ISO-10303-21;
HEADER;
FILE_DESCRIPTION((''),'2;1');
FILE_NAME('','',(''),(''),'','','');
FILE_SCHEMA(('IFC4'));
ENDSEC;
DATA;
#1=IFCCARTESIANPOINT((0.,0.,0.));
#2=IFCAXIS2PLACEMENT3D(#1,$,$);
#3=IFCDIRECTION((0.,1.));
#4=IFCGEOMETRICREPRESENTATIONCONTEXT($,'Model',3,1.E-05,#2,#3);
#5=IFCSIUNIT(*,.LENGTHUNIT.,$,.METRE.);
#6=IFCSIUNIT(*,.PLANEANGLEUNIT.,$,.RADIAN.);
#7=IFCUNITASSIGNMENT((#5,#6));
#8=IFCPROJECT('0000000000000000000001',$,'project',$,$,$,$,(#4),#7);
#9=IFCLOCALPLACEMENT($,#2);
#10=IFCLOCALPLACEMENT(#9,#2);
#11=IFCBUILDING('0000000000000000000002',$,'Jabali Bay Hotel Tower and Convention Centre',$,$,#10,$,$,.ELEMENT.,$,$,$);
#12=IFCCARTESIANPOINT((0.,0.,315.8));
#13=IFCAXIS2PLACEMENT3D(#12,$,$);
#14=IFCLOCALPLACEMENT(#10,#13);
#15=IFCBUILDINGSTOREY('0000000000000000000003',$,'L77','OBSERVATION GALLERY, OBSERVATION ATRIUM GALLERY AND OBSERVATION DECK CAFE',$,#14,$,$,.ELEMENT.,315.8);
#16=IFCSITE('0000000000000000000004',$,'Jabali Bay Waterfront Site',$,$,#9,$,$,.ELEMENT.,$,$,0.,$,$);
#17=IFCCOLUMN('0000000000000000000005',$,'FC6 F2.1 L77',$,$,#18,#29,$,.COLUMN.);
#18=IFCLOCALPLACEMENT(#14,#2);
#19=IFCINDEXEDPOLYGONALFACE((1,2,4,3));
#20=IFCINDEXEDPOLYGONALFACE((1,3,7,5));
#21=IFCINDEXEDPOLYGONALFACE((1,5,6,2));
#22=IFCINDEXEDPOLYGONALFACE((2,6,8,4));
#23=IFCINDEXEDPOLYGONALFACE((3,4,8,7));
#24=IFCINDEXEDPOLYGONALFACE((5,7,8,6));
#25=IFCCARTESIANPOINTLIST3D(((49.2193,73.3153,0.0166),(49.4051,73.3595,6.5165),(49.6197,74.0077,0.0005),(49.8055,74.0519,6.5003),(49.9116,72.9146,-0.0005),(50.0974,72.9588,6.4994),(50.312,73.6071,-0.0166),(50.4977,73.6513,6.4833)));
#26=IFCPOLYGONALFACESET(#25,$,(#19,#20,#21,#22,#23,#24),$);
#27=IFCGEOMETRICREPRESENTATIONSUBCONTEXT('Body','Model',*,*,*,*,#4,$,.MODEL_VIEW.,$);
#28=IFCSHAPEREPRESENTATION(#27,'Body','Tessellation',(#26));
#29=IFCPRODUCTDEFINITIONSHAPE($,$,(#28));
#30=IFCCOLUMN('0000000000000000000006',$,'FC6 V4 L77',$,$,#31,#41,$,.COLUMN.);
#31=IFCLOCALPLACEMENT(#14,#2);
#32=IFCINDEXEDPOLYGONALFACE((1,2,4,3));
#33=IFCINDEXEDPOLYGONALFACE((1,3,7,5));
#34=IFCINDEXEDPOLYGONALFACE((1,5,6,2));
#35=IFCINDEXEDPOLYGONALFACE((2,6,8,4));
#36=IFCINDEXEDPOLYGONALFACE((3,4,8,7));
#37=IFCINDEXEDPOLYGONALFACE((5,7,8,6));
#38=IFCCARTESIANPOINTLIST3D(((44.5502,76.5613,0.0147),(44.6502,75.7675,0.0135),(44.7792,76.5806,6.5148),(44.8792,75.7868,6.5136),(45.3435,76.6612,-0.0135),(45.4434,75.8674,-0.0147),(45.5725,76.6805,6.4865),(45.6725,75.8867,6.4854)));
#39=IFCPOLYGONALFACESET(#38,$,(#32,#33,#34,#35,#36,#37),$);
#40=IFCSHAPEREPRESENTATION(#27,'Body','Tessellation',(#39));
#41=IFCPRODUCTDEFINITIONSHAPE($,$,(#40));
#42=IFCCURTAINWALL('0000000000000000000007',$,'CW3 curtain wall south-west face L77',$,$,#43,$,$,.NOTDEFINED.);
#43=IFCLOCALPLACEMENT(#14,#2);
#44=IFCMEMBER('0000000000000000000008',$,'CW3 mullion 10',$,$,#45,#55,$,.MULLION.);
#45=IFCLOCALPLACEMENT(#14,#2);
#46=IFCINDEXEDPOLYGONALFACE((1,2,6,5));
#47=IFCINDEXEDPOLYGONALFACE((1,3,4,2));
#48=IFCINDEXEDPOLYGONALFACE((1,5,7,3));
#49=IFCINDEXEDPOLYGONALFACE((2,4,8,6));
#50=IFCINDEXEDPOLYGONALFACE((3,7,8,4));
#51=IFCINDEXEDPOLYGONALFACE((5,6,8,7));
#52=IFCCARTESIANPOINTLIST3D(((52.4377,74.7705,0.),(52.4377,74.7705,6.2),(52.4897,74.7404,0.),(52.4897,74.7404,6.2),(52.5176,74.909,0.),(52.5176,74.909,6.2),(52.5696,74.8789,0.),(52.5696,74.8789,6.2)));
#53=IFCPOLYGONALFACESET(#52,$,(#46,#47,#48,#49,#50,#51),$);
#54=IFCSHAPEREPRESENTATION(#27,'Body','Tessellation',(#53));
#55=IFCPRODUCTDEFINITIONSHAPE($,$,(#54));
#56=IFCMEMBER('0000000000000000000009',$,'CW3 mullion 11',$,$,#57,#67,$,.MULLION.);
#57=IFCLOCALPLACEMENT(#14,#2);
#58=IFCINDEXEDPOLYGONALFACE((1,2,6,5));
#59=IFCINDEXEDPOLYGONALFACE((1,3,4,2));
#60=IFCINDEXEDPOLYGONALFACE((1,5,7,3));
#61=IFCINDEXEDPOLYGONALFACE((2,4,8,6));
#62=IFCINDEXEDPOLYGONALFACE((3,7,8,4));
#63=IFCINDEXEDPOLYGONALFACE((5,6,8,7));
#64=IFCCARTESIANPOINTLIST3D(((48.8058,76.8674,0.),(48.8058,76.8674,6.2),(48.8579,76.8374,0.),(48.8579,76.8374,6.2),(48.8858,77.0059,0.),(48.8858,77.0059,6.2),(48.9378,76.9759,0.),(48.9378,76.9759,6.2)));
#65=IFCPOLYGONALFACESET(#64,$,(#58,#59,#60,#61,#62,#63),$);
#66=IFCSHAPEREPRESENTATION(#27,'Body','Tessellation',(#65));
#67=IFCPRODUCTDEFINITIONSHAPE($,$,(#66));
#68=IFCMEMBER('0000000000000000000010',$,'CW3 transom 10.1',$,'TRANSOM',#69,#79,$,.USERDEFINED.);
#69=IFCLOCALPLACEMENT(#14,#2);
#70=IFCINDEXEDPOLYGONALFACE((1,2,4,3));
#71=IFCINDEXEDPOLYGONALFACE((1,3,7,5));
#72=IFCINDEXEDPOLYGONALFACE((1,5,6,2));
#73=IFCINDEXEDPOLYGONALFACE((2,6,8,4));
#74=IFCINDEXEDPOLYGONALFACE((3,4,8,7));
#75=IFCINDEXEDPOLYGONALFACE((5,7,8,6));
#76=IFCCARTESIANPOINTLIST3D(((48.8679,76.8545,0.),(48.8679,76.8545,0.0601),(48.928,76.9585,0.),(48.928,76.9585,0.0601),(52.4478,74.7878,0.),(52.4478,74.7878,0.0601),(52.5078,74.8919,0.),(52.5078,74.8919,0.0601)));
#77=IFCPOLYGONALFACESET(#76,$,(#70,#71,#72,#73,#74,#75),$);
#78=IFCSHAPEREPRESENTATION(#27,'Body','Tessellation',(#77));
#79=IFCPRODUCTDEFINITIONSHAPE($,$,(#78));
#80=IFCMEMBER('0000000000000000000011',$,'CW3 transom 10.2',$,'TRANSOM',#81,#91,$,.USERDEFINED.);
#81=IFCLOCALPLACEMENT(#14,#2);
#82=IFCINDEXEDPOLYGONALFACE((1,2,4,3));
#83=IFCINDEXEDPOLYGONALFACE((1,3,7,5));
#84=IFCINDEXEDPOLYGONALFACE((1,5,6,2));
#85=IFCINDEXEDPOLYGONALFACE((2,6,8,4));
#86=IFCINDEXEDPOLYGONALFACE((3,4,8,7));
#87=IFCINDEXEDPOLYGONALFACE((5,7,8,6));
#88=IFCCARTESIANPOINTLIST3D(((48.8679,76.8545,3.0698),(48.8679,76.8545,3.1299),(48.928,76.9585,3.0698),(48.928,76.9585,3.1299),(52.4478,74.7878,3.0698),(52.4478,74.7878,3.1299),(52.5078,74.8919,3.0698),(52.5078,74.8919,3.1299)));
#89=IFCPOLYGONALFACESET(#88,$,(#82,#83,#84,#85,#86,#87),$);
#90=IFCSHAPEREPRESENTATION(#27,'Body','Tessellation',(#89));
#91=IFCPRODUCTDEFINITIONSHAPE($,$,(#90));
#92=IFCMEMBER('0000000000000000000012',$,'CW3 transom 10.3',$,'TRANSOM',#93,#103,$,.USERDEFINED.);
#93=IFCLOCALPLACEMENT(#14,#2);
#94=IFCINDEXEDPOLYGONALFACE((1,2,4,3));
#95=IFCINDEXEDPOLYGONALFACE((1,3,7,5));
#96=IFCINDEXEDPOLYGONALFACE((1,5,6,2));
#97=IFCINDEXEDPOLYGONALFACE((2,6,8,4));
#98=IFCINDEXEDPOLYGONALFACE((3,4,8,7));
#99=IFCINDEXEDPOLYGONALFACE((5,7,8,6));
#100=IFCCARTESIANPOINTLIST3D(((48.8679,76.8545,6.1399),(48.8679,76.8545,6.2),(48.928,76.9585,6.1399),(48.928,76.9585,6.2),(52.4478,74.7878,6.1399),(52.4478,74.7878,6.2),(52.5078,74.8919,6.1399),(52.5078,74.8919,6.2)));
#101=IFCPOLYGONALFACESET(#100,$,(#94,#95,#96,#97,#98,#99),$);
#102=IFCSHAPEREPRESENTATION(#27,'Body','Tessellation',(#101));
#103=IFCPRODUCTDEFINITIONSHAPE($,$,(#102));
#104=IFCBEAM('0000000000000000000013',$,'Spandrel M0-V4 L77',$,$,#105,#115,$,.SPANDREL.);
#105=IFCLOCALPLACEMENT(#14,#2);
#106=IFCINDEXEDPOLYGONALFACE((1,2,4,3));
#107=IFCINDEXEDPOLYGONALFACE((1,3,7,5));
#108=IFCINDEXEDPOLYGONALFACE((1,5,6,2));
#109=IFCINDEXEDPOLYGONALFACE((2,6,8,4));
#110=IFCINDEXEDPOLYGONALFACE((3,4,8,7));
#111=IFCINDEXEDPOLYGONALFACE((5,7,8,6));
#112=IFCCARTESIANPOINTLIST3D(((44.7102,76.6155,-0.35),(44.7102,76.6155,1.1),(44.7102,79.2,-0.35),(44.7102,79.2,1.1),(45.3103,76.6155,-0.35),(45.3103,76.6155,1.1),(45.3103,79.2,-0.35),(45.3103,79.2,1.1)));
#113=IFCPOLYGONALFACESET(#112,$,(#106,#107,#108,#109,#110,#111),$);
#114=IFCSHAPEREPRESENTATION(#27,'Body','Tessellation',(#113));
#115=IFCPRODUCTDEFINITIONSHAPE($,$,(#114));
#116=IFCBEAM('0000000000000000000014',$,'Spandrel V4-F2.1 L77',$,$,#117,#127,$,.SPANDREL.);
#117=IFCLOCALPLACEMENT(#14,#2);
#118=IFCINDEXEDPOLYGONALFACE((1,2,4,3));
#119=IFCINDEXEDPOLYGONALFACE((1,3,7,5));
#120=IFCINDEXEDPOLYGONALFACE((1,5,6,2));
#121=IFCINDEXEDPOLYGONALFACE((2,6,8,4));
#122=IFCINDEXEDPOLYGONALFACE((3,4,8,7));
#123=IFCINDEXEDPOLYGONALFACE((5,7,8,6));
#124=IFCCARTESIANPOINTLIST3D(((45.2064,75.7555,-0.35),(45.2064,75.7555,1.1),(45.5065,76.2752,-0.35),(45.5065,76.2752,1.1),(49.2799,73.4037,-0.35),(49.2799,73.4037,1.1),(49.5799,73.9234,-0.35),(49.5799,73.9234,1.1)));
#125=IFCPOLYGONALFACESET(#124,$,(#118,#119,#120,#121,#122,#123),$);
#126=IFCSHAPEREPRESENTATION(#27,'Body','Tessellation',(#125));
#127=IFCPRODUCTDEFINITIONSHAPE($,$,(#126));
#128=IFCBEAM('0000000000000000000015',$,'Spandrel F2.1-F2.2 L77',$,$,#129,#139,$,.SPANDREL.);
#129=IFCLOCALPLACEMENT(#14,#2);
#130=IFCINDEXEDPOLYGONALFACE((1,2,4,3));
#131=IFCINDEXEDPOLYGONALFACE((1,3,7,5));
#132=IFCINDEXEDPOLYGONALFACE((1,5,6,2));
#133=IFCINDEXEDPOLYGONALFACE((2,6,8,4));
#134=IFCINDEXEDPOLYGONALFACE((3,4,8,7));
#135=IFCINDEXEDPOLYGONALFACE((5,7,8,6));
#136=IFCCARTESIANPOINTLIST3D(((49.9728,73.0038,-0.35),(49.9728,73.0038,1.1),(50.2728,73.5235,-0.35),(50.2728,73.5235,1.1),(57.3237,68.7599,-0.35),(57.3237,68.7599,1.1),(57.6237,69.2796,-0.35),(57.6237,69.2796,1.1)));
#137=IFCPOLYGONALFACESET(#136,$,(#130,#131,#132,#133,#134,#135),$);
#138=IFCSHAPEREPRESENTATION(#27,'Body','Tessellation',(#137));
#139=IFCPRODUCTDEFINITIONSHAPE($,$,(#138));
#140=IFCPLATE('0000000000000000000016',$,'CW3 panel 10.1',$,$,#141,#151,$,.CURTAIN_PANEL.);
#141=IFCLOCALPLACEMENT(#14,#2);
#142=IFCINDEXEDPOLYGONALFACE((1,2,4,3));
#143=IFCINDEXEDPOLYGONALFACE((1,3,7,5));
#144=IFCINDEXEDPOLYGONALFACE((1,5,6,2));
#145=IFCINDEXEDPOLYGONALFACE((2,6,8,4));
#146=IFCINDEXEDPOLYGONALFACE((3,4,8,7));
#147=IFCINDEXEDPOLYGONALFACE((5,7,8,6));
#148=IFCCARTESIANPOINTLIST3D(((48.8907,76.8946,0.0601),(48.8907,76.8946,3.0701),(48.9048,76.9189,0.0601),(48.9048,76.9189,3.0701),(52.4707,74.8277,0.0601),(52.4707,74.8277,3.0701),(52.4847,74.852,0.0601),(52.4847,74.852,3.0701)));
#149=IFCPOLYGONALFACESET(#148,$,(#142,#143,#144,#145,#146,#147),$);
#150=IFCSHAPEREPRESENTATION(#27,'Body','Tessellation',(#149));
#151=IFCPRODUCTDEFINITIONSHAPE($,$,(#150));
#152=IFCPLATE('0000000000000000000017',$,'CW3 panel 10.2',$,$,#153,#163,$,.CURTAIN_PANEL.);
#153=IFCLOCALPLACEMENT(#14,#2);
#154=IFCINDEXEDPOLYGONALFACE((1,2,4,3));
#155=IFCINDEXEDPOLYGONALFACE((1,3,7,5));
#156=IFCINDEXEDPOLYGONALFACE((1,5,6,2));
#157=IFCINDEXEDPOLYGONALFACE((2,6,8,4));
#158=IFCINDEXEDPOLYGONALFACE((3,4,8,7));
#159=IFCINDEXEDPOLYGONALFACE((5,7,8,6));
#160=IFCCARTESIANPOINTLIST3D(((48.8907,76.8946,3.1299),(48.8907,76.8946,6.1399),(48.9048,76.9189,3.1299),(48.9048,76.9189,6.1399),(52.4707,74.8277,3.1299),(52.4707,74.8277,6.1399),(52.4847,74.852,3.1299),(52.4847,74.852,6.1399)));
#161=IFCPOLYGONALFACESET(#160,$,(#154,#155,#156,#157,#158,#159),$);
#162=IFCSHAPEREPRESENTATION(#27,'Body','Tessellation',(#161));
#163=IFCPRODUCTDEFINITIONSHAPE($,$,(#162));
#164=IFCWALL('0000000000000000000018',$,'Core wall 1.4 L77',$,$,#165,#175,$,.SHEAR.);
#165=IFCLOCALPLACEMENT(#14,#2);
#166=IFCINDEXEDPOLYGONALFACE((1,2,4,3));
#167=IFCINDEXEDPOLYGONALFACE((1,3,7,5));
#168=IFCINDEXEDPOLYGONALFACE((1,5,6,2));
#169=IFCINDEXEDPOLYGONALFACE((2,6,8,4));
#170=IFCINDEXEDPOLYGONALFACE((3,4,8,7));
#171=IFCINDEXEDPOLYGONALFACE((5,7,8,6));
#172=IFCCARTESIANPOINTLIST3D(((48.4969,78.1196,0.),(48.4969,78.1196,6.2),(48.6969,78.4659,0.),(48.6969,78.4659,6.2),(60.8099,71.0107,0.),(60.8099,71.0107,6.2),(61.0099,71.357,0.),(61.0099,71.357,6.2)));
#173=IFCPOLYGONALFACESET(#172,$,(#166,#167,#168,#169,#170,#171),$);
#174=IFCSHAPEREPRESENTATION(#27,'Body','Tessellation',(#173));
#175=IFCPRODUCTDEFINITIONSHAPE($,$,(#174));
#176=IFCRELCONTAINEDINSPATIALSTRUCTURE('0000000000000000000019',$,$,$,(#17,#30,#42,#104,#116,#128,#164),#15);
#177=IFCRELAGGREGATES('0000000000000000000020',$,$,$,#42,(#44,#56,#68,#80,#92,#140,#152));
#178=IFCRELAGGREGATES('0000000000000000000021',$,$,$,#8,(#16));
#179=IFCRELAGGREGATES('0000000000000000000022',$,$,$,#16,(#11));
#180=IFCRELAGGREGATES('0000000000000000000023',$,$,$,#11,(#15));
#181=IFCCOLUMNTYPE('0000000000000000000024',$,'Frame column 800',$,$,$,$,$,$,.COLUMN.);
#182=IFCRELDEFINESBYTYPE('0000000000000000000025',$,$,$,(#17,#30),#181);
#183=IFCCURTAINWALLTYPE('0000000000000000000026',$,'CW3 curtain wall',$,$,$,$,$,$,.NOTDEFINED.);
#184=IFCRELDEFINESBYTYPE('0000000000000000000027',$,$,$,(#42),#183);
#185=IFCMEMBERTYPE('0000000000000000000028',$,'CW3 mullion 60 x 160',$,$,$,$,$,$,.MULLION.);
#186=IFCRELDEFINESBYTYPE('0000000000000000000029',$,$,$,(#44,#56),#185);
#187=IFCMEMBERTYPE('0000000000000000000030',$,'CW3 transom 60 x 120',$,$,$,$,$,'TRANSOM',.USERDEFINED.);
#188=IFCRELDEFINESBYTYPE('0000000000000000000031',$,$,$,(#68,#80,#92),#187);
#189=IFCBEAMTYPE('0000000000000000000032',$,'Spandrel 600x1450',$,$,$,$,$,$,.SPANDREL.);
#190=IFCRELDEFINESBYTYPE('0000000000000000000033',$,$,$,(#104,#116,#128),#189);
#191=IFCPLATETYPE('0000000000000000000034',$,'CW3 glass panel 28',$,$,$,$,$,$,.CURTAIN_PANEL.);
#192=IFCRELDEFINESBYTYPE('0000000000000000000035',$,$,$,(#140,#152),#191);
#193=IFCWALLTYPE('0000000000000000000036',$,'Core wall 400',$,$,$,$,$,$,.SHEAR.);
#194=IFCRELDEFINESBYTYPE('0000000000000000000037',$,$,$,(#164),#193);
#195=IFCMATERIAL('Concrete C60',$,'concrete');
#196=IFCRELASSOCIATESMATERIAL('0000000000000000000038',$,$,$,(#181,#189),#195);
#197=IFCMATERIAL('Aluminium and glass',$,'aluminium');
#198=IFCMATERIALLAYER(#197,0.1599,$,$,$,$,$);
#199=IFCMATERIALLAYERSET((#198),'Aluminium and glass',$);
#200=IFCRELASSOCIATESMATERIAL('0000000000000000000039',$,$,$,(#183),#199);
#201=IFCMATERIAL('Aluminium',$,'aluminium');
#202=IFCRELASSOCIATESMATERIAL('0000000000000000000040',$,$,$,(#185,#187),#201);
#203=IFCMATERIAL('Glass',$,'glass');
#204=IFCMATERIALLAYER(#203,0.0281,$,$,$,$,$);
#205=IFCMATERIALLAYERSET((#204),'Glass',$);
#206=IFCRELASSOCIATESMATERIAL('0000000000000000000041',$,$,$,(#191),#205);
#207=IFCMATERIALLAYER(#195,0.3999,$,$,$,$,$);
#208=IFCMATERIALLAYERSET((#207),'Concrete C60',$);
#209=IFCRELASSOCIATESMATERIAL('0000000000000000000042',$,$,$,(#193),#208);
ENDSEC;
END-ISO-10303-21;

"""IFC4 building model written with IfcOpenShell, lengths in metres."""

from ifc_helpers import new_model, si_unit, direction, frame, frame_2d, origin, origin_2d, place, context, subcontext, project, spatial, rectangle, extrude, material, layer, layer_set, material_profile, profile_set, type_object, element, aggregate, save


model = new_model("IFC4")

# Units and contexts
model_context = context("Model", 3, precision=1e-05, world=origin(), true_north=direction((0.0, 1.0)))
body_context = subcontext(model_context, "Body", "Model", "MODEL_VIEW")
ifc_project = project(units=[si_unit("LENGTHUNIT", "METRE"), si_unit("PLANEANGLEUNIT", "RADIAN")], contexts=[model_context])

# Site, building, storey
site_placement = place(None, origin())
site = spatial("IfcSite", under=ifc_project, at=site_placement, Name="Jabali Bay Waterfront Site", CompositionType="ELEMENT", RefElevation=0.0)
building_placement = place(site_placement, origin())
building = spatial("IfcBuilding", under=site, at=building_placement, Name="Jabali Bay Hotel Tower and Convention Centre", CompositionType="ELEMENT")
storey_placement = place(building_placement, frame((0.0, 0.0, 315.8)))
storey = spatial("IfcBuildingStorey", under=building, at=storey_placement, Name="L77", Description="OBSERVATION GALLERY, OBSERVATION ATRIUM GALLERY AND OBSERVATION DECK CAFE", CompositionType="ELEMENT", Elevation=315.8)

# Columns
ifc_material_1 = material(Name="Concrete C60", Category="concrete")
ifc_material_profile_1 = material_profile(ifc_material_1, rectangle(XDim=0.8, YDim=0.8, at=origin_2d()), Name="Frame column 800")
ifc_profile_set_1 = profile_set([ifc_material_profile_1], Name="Concrete C60")
column_type = type_object("IfcColumnType", Name="Frame column 800", PredefinedType="COLUMN", material=ifc_profile_set_1)
column_1_placement = place(storey_placement, frame((49.7656, 73.4612, 0.0), z_axis=(0.028571, 0.006795, 0.999569), x_axis=(-0.865306, 0.500789, 0.021329)))
element("IfcColumn", 1, at=column_1_placement, inside=storey, type_object=column_type, Name="FC6 F2.1 L77", PredefinedType="COLUMN", context=body_context, shape_type="SweptSolid", body=[
    extrude(rectangle(XDim=0.8, YDim=0.8, at=origin_2d()), origin(), (0.0, 0.0, 1.0), 6.5027),
])
column_2_placement = place(storey_placement, frame((44.9968, 76.2144, 0.0), z_axis=(0.035209, 0.002965, 0.999376), x_axis=(-0.124953, 0.992162, 0.001458)))
element("IfcColumn", 2, at=column_2_placement, inside=storey, type_object=column_type, Name="FC6 V4 L77", PredefinedType="COLUMN", context=body_context, shape_type="SweptSolid", body=[
    extrude(rectangle(XDim=0.8, YDim=0.8, at=origin_2d()), origin(), (0.0, 0.0, 1.0), 6.5042),
])

# Curtain wall, members
ifc_material_2 = material(Name="Aluminium and glass", Category="aluminium")
ifc_layer_1 = layer(ifc_material_2, 0.1599)
ifc_layer_set_1 = layer_set([ifc_layer_1], Name="Aluminium and glass")
curtain_wall_type = type_object("IfcCurtainWallType", Name="CW3 curtain wall", PredefinedType="NOTDEFINED", material=ifc_layer_set_1)
curtain_wall_placement = place(storey_placement, origin())
curtain_wall = element("IfcCurtainWall", 3, at=curtain_wall_placement, inside=storey, type_object=curtain_wall_type, Name="CW3 curtain wall south-west face L77", PredefinedType="NOTDEFINED")
ifc_material_3 = material(Name="Aluminium", Category="aluminium")
ifc_material_profile_2 = material_profile(ifc_material_3, rectangle(XDim=0.1599, YDim=0.0601, at=origin_2d()), Name="CW3 mullion 60 x 160")
ifc_profile_set_2 = profile_set([ifc_material_profile_2], Name="Aluminium")
member_type_1 = type_object("IfcMemberType", Name="CW3 mullion 60 x 160", PredefinedType="MULLION", material=ifc_profile_set_2)
member_1_placement = place(storey_placement, frame((52.5037, 74.8247, 0.0), z_axis=(0.0, 0.0, 1.0), x_axis=(-0.5, -0.866025, 0.0)))
member_1 = element("IfcMember", 4, at=member_1_placement, type_object=member_type_1, Name="CW3 mullion 10", PredefinedType="MULLION", context=body_context, shape_type="SweptSolid", body=[
    extrude(rectangle(XDim=0.1599, YDim=0.0601, at=origin_2d()), origin(), (0.0, 0.0, 1.0), 6.2),
])
member_2_placement = place(storey_placement, frame((48.8718, 76.9216, 0.0), z_axis=(0.0, 0.0, 1.0), x_axis=(-0.5, -0.866025, 0.0)))
member_2 = element("IfcMember", 5, at=member_2_placement, type_object=member_type_1, Name="CW3 mullion 11", PredefinedType="MULLION", context=body_context, shape_type="SweptSolid", body=[
    extrude(rectangle(XDim=0.1599, YDim=0.0601, at=origin_2d()), origin(), (0.0, 0.0, 1.0), 6.2),
])
ifc_material_profile_3 = material_profile(ifc_material_3, rectangle(XDim=0.1201, YDim=0.0601, at=origin_2d()), Name="CW3 transom 60 x 120")
ifc_profile_set_3 = profile_set([ifc_material_profile_3], Name="Aluminium")
member_type_2 = type_object("IfcMemberType", Name="CW3 transom 60 x 120", ElementType="TRANSOM", PredefinedType="USERDEFINED", material=ifc_profile_set_3)
member_3_placement = place(storey_placement, frame((52.4778, 74.8398, 0.03), z_axis=(-0.866043, 0.49997, 0.0), x_axis=(-0.49997, -0.866043, 0.0)))
member_3 = element("IfcMember", 6, at=member_3_placement, type_object=member_type_2, Name="CW3 transom 10.1", ObjectType="TRANSOM", PredefinedType="USERDEFINED", context=body_context, shape_type="SweptSolid", body=[
    extrude(rectangle(XDim=0.1201, YDim=0.0601, at=origin_2d()), origin(), (0.0, 0.0, 1.0), 4.1335),
])
member_4_placement = place(storey_placement, frame((52.4778, 74.8398, 3.0999), z_axis=(-0.866043, 0.49997, 0.0), x_axis=(-0.49997, -0.866043, 0.0)))
member_4 = element("IfcMember", 7, at=member_4_placement, type_object=member_type_2, Name="CW3 transom 10.2", ObjectType="TRANSOM", PredefinedType="USERDEFINED", context=body_context, shape_type="SweptSolid", body=[
    extrude(rectangle(XDim=0.1201, YDim=0.0601, at=origin_2d()), origin(), (0.0, 0.0, 1.0), 4.1335),
])
member_5_placement = place(storey_placement, frame((52.4778, 74.8398, 6.1699), z_axis=(-0.866043, 0.49997, 0.0), x_axis=(-0.49997, -0.866043, 0.0)))
member_5 = element("IfcMember", 8, at=member_5_placement, type_object=member_type_2, Name="CW3 transom 10.3", ObjectType="TRANSOM", PredefinedType="USERDEFINED", context=body_context, shape_type="SweptSolid", body=[
    extrude(rectangle(XDim=0.1201, YDim=0.0601, at=origin_2d()), origin(), (0.0, 0.0, 1.0), 4.1335),
])

# Beams
ifc_material_profile_4 = material_profile(ifc_material_1, rectangle(XDim=0.6001, YDim=1.45, at=origin_2d()), Name="Spandrel 600x1450")
ifc_profile_set_4 = profile_set([ifc_material_profile_4], Name="Concrete C60")
beam_type = type_object("IfcBeamType", Name="Spandrel 600x1450", PredefinedType="SPANDREL", material=ifc_profile_set_4)
beam_1_placement = place(storey_placement, frame((45.0103, 79.2, 0.375), z_axis=(0.0, -1.0, 0.0), x_axis=(1.0, 0.0, 0.0)))
element("IfcBeam", 9, at=beam_1_placement, inside=storey, type_object=beam_type, Name="Spandrel M0-V4 L77", PredefinedType="SPANDREL", context=body_context, shape_type="SweptSolid", body=[
    extrude(rectangle(XDim=0.6001, YDim=1.45, at=origin_2d()), origin(), (0.0, 0.0, 1.0), 2.5845),
])
beam_2_placement = place(storey_placement, frame((45.3564, 76.0154, 0.375), z_axis=(0.866027, -0.499997, 0.0), x_axis=(0.499997, 0.866027, 0.0)))
element("IfcBeam", 10, at=beam_2_placement, inside=storey, type_object=beam_type, Name="Spandrel V4-F2.1 L77", PredefinedType="SPANDREL", context=body_context, shape_type="SweptSolid", body=[
    extrude(rectangle(XDim=0.6001, YDim=1.45, at=origin_2d()), origin(), (0.0, 0.0, 1.0), 4.7036),
])
beam_3_placement = place(storey_placement, frame((50.1228, 73.2637, 0.375), z_axis=(0.866031, -0.499991, 0.0), x_axis=(0.499991, 0.866031, 0.0)))
element("IfcBeam", 11, at=beam_3_placement, inside=storey, type_object=beam_type, Name="Spandrel F2.1-F2.2 L77", PredefinedType="SPANDREL", context=body_context, shape_type="SweptSolid", body=[
    extrude(rectangle(XDim=0.6001, YDim=1.45, at=origin_2d()), origin(), (0.0, 0.0, 1.0), 8.488),
])

# Plates
ifc_material_4 = material(Name="Glass", Category="glass")
ifc_layer_2 = layer(ifc_material_4, 0.0281)
ifc_layer_set_2 = layer_set([ifc_layer_2], Name="Glass")
plate_type = type_object("IfcPlateType", Name="CW3 glass panel 28", PredefinedType="CURTAIN_PANEL", material=ifc_layer_set_2)
plate_1_placement = place(storey_placement, frame((50.6877, 75.8733, 0.0601), z_axis=(0.0, 0.0, 1.0), x_axis=(-0.866025, 0.5, 0.0)))
plate_1 = element("IfcPlate", 12, at=plate_1_placement, type_object=plate_type, Name="CW3 panel 10.1", PredefinedType="CURTAIN_PANEL", context=body_context, shape_type="SweptSolid", body=[
    extrude(rectangle(XDim=4.1338, YDim=0.0281, at=origin_2d()), origin(), (0.0, 0.0, 1.0), 3.01),
])
plate_2_placement = place(storey_placement, frame((50.6877, 75.8733, 3.1299), z_axis=(0.0, 0.0, 1.0), x_axis=(-0.866025, 0.5, 0.0)))
plate_2 = element("IfcPlate", 13, at=plate_2_placement, type_object=plate_type, Name="CW3 panel 10.2", PredefinedType="CURTAIN_PANEL", context=body_context, shape_type="SweptSolid", body=[
    extrude(rectangle(XDim=4.1338, YDim=0.0281, at=origin_2d()), origin(), (0.0, 0.0, 1.0), 3.01),
])
aggregate(curtain_wall, [member_1, member_2, member_3, member_4, member_5, plate_1, plate_2])

# Wall
ifc_layer_3 = layer(ifc_material_1, 0.3999)
ifc_layer_set_3 = layer_set([ifc_layer_3], Name="Concrete C60")
wall_type_1 = type_object("IfcWallType", Name="Core wall 400", PredefinedType="SHEAR", material=ifc_layer_set_3)
wall_1_placement = place(storey_placement, frame((48.5969, 78.2927, 0.0), z_axis=(0.0, 0.0, 1.0), x_axis=(0.866026, -0.499999, 0.0)))
element("IfcWall", 14, at=wall_1_placement, inside=storey, type_object=wall_type_1, Name="Core wall 1.4 L77", PredefinedType="SHEAR", context=body_context, shape_type="SweptSolid", body=[
    extrude(rectangle(XDim=14.2178, YDim=0.3999, at=frame_2d((7.1089, 0.0))), origin(), (0.0, 0.0, 1.0), 6.2),
])

save(model, "model.ifc")
